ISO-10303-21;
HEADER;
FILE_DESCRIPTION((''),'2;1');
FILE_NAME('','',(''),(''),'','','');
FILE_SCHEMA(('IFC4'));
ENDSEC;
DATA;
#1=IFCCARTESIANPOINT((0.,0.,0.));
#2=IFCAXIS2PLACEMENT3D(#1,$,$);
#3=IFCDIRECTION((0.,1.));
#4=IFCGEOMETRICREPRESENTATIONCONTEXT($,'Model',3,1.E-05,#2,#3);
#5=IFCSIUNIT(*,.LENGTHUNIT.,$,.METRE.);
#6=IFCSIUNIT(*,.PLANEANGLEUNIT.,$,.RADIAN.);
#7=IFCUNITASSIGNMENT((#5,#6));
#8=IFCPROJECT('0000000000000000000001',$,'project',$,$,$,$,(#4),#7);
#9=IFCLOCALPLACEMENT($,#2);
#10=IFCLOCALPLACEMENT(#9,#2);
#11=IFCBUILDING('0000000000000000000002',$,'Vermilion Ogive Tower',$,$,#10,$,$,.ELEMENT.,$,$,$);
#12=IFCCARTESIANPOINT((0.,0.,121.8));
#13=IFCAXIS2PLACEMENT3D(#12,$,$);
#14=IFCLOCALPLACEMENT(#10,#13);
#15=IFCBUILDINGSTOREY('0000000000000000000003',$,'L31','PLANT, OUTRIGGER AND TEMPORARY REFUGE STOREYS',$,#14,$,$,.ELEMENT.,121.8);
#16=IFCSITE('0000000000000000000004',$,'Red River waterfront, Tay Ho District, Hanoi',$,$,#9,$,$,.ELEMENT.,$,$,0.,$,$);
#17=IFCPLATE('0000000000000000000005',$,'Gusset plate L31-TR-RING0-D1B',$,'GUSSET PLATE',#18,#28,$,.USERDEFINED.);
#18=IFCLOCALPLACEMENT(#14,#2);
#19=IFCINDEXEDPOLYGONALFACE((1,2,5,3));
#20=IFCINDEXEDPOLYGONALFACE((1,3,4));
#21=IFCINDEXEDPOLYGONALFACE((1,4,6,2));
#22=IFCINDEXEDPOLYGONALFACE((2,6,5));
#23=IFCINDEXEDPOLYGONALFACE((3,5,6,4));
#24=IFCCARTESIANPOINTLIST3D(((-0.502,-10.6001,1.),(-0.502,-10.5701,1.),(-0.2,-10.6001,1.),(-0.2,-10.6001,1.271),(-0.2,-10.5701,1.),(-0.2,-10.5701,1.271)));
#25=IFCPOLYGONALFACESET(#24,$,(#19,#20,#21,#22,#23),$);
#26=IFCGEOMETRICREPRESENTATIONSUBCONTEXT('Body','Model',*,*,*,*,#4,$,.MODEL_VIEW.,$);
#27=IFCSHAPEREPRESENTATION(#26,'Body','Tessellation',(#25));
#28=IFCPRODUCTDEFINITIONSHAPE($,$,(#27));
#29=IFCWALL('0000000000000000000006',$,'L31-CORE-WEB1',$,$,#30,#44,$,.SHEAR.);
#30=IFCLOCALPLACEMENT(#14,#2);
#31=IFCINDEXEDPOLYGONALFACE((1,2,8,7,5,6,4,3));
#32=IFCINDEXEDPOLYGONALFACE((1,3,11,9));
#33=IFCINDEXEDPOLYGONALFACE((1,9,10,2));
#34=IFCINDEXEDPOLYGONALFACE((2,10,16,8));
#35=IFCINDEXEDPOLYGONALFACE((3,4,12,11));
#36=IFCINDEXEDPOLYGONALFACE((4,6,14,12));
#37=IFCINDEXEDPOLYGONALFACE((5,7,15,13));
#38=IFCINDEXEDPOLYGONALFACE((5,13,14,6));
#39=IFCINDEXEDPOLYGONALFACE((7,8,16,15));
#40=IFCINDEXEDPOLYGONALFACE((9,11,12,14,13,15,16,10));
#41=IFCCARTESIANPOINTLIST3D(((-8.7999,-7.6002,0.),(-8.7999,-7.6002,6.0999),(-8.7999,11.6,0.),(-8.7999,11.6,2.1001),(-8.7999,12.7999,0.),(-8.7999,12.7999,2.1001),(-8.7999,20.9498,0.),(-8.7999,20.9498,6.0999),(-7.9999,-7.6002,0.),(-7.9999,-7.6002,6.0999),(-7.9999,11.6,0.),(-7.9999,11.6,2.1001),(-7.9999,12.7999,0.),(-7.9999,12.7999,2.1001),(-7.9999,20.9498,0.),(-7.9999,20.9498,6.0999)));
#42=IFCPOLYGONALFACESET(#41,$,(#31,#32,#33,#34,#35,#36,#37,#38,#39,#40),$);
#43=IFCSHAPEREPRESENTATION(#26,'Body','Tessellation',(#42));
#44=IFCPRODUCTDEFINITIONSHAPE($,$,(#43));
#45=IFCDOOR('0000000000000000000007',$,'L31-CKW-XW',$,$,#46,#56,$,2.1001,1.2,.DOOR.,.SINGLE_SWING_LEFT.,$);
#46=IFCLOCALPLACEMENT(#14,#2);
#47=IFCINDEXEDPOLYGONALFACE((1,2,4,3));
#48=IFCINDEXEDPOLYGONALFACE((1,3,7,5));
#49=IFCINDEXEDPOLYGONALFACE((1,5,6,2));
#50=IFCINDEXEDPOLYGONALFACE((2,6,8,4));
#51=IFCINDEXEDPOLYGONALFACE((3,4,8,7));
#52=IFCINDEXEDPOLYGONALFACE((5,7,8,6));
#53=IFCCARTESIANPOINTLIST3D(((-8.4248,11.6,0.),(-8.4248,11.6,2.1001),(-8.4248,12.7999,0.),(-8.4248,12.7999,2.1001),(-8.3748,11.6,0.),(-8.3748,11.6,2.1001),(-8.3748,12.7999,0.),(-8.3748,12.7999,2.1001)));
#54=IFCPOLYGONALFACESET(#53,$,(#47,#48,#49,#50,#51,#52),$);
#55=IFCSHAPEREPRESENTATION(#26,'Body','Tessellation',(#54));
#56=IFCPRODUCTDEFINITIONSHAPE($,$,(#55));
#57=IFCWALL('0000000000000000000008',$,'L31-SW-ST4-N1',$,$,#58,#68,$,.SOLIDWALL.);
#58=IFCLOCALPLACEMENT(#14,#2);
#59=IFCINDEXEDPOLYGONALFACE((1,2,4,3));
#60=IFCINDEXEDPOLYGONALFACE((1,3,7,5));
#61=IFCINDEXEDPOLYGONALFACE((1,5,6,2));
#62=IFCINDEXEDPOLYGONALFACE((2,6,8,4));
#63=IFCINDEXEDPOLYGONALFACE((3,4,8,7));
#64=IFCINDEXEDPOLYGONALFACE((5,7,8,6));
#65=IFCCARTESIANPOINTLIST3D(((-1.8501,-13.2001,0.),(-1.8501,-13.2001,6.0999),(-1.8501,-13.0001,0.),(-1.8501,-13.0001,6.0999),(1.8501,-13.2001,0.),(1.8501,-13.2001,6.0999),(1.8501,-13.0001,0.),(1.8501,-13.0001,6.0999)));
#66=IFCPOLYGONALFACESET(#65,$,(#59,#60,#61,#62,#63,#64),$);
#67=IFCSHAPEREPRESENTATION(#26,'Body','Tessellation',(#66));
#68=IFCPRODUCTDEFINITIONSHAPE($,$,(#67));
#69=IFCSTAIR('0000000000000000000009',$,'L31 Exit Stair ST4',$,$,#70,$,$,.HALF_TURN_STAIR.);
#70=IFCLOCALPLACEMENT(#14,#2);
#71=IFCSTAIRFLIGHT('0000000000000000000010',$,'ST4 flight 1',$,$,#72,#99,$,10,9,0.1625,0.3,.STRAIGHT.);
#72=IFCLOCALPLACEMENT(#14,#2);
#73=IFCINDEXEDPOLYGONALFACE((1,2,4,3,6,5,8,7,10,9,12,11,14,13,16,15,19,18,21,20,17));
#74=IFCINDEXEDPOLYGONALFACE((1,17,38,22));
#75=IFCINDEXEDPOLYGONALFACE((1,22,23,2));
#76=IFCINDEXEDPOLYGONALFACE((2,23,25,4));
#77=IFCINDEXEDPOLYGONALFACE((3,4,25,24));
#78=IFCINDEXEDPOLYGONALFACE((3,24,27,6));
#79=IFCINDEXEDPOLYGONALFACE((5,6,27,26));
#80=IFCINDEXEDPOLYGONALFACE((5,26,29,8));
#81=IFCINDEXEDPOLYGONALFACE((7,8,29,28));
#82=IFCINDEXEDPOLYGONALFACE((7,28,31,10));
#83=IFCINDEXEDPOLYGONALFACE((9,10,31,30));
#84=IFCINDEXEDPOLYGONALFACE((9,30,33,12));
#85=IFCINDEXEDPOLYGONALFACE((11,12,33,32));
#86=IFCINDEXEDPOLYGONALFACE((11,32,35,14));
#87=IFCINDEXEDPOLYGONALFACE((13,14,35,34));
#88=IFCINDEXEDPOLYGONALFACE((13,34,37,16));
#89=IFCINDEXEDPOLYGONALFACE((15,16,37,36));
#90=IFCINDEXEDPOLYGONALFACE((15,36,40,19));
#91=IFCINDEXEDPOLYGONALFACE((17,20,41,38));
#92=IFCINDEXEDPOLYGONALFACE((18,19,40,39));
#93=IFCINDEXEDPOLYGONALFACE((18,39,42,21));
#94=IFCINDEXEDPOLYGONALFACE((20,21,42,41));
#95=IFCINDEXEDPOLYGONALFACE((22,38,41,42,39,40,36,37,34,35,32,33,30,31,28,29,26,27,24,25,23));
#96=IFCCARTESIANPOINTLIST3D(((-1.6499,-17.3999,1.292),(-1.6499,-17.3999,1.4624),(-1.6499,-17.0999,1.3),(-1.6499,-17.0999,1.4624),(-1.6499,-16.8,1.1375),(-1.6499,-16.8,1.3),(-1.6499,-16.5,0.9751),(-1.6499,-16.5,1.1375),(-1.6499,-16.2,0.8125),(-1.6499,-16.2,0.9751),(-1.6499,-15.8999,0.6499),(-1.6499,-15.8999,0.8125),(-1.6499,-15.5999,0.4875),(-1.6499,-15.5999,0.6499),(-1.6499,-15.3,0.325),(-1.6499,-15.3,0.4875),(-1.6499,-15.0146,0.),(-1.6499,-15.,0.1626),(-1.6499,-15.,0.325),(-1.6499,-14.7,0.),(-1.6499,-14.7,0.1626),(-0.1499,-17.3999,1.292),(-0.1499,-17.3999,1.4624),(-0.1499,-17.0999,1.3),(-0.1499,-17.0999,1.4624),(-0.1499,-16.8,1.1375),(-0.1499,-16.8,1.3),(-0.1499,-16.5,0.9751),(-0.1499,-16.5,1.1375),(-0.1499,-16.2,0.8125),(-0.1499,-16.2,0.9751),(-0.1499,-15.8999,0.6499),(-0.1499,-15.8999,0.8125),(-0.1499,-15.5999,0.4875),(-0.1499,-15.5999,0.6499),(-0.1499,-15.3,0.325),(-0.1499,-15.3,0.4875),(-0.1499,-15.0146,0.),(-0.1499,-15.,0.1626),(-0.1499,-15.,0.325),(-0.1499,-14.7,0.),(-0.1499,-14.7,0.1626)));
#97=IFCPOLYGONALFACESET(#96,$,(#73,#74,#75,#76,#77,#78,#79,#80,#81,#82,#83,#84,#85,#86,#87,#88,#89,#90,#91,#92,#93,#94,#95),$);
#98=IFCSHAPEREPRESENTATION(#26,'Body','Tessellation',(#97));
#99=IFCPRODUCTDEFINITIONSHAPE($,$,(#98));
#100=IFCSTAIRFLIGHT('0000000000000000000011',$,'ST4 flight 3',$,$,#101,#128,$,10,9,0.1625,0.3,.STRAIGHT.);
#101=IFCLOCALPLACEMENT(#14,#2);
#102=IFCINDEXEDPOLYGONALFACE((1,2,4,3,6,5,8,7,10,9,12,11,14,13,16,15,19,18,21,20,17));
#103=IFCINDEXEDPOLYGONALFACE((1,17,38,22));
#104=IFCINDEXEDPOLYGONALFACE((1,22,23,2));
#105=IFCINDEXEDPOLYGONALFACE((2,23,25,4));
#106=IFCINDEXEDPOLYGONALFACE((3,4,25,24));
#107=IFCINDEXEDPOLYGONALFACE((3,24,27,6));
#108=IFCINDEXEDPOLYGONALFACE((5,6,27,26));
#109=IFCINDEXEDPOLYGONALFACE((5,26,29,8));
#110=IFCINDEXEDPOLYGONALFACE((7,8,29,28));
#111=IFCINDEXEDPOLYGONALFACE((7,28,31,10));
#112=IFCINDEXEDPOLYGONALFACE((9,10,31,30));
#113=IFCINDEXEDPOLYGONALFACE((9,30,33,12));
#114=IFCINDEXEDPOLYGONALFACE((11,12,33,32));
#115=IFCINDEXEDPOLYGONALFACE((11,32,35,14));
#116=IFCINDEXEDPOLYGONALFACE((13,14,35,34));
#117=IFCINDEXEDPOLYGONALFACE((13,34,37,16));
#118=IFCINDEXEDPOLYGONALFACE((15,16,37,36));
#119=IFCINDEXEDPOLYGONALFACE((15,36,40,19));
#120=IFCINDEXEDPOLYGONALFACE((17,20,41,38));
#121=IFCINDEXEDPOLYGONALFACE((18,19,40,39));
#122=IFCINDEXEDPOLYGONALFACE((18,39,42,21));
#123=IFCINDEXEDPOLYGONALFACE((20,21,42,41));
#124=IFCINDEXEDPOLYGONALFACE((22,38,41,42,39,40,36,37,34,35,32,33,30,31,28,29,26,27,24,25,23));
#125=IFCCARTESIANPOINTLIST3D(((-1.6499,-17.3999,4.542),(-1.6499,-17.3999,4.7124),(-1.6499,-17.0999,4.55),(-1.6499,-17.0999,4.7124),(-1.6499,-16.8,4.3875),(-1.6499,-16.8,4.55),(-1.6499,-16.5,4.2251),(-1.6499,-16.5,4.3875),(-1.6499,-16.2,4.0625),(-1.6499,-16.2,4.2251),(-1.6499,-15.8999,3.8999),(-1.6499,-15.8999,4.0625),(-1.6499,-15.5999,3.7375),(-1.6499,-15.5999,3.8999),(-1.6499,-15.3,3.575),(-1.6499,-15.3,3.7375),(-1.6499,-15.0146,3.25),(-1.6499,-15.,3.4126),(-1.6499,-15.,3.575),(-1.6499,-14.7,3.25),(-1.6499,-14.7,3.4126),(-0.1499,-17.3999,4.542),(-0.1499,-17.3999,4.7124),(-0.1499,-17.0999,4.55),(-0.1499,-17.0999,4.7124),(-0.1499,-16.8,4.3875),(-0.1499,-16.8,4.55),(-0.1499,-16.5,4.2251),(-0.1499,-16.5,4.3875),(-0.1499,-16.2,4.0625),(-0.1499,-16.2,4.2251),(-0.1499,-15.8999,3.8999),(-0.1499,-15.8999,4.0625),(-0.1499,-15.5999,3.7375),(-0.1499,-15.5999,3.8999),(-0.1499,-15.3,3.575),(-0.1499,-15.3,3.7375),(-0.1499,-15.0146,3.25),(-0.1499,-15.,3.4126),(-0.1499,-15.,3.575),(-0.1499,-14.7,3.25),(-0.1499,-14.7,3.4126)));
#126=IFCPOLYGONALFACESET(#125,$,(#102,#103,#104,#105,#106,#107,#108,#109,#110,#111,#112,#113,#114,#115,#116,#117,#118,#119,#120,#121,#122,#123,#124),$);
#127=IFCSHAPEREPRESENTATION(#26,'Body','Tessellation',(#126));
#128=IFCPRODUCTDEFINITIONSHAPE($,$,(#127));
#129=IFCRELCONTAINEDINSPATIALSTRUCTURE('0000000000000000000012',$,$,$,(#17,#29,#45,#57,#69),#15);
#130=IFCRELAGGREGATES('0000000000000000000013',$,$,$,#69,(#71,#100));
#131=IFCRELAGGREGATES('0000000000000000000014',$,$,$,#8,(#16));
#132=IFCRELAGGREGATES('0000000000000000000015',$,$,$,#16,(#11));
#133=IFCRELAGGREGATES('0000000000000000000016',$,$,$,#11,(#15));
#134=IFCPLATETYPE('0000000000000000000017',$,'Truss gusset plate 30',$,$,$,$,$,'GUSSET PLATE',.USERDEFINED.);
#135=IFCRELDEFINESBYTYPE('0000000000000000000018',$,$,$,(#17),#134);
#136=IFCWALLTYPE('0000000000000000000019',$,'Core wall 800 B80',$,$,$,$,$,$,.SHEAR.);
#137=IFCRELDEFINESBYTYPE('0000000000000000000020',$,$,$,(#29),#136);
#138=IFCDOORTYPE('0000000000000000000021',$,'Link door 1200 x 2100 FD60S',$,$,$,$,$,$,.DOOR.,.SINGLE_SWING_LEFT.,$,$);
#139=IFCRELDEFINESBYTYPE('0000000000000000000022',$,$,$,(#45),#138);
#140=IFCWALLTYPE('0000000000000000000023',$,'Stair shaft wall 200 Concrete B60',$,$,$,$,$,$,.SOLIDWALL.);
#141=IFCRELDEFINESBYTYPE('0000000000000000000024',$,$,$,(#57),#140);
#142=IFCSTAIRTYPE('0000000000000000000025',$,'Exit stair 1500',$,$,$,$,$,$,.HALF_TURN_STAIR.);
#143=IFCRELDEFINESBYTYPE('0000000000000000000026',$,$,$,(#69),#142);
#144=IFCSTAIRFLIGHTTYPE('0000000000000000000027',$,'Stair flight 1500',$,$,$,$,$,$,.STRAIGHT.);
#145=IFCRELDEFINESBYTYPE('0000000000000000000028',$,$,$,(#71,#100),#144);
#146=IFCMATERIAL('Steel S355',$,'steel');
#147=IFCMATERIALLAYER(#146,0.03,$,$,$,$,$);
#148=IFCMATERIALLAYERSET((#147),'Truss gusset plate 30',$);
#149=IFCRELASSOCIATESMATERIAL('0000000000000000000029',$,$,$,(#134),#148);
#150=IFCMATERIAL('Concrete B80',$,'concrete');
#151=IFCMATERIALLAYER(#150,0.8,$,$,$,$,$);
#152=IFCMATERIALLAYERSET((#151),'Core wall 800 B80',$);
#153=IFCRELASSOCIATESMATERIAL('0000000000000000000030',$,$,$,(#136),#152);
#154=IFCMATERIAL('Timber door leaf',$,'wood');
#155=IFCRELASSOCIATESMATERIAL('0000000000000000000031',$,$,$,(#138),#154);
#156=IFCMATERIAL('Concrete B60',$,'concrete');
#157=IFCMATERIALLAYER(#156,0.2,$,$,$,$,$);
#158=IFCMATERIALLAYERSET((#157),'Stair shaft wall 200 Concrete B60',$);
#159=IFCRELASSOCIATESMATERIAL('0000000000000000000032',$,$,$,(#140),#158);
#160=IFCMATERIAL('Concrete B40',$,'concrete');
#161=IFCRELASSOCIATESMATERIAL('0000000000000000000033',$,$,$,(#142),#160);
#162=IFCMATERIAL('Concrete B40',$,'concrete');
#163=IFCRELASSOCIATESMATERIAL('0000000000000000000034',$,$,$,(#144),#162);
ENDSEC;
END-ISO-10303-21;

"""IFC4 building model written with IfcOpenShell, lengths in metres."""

from ifc_helpers import new_model, si_unit, direction, frame, frame_2d, origin, place, context, subcontext, project, spatial, polyline, rectangle, outline, extrude, material, layer, layer_set, type_object, element, fill, aggregate, save


model = new_model("IFC4")

# Units and contexts
model_context = context("Model", 3, precision=1e-05, world=origin(), true_north=direction((0.0, 1.0)))
body_context = subcontext(model_context, "Body", "Model", "MODEL_VIEW")
ifc_project = project(units=[si_unit("LENGTHUNIT", "METRE"), si_unit("PLANEANGLEUNIT", "RADIAN")], contexts=[model_context])

# Site, building, storey
site_placement = place(None, origin())
site = spatial("IfcSite", under=ifc_project, at=site_placement, Name="Red River waterfront, Tay Ho District, Hanoi", CompositionType="ELEMENT", RefElevation=0.0)
building_placement = place(site_placement, origin())
building = spatial("IfcBuilding", under=site, at=building_placement, Name="Vermilion Ogive Tower", CompositionType="ELEMENT")
storey_placement = place(building_placement, frame((0.0, 0.0, 121.8)))
storey = spatial("IfcBuildingStorey", under=building, at=storey_placement, Name="L31", Description="PLANT, OUTRIGGER AND TEMPORARY REFUGE STOREYS", CompositionType="ELEMENT", Elevation=121.8)

# Plate
ifc_material_1 = material(Name="Steel S355", Category="steel")
ifc_layer_1 = layer(ifc_material_1, 0.03)
ifc_layer_set_1 = layer_set([ifc_layer_1], Name="Truss gusset plate 30")
plate_type_1 = type_object("IfcPlateType", Name="Truss gusset plate 30", ElementType="GUSSET PLATE", PredefinedType="USERDEFINED", material=ifc_layer_set_1)
for number, where, z_axis, x_axis, name in (
    (1, (-0.2, -10.6001, 1.271), (0.0, -1.0, 0.0), (-0.744281, 0.0, -0.667867), "Gusset plate L31-TR-RING0-D1B"),
):
    element("IfcPlate", number, at=place(storey_placement, frame(where, z_axis=z_axis, x_axis=x_axis)), inside=storey, type_object=plate_type_1, Name=name, ObjectType="GUSSET PLATE", PredefinedType="USERDEFINED", context=body_context, shape_type="SweptSolid", body=[
        extrude(outline(polyline([(0.0, 0.0), (0.4058, 0.0), (0.181, 0.2017), (0.0, 0.0)])), origin(), (0.0, 0.0, -1.0), 0.03),
    ])

# Wall, opening, door
ifc_material_2 = material(Name="Concrete B80", Category="concrete")
ifc_layer_2 = layer(ifc_material_2, 0.8)
ifc_layer_set_2 = layer_set([ifc_layer_2], Name="Core wall 800 B80")
wall_type_1 = type_object("IfcWallType", Name="Core wall 800 B80", PredefinedType="SHEAR", material=ifc_layer_set_2)
wall_1_placement = place(storey_placement, frame((-8.3999, -7.6001, 0.0), z_axis=(0.0, 0.0, 1.0), x_axis=(0.0, 1.0, 0.0)))
wall_1 = element("IfcWall", 2, at=wall_1_placement, inside=storey, type_object=wall_type_1, Name="L31-CORE-WEB1", PredefinedType="SHEAR", context=body_context, shape_type="SweptSolid", body=[
    extrude(rectangle(XDim=28.55, YDim=0.8, at=frame_2d((14.2749, 0.0))), origin(), (0.0, 0.0, 1.0), 6.0999),
])
opening_placement = place(wall_1_placement, frame((19.2, 0.0, 0.0)))
opening = element("IfcOpeningElement", 3, at=opening_placement, cuts=wall_1, PredefinedType="OPENING", context=body_context, shape_type="SweptSolid", body=[
    extrude(rectangle(XDim=1.2, YDim=2.1001, at=frame_2d((0.6001, 1.05))), frame((0.0, 0.4099, 0.0), z_axis=(0.0, -1.0, 0.0), x_axis=(1.0, 0.0, 0.0)), (0.0, 0.0, 1.0), 0.8201),
])
ifc_material_3 = material(Name="Timber door leaf", Category="wood")
door_type = type_object("IfcDoorType", Name="Link door 1200 x 2100 FD60S", OperationType="SINGLE_SWING_LEFT", PredefinedType="DOOR", material=ifc_material_3)
door_placement = place(opening_placement, origin())
door = element("IfcDoor", 4, at=door_placement, inside=storey, type_object=door_type, Name="L31-CKW-XW", OperationType="SINGLE_SWING_LEFT", OverallHeight=2.1001, OverallWidth=1.2, PredefinedType="DOOR", context=body_context, shape_type="SweptSolid", body=[
    extrude(rectangle(XDim=1.2, YDim=2.1001, at=frame_2d((0.6001, 1.05))), frame((0.0, 0.0249, 0.0), z_axis=(0.0, -1.0, 0.0), x_axis=(1.0, 0.0, 0.0)), (0.0, 0.0, 1.0), 0.05),
])
fill(opening, door)

# Wall
ifc_material_4 = material(Name="Concrete B60", Category="concrete")
ifc_layer_3 = layer(ifc_material_4, 0.2)
ifc_layer_set_3 = layer_set([ifc_layer_3], Name="Stair shaft wall 200 Concrete B60")
wall_type_2 = type_object("IfcWallType", Name="Stair shaft wall 200 Concrete B60", PredefinedType="SOLIDWALL", material=ifc_layer_set_3)
wall_2_placement = place(storey_placement, frame((-1.8501, -13.1001, 0.0), z_axis=(0.0, 0.0, 1.0), x_axis=(1.0, 0.0, 0.0)))
element("IfcWall", 5, at=wall_2_placement, inside=storey, type_object=wall_type_2, Name="L31-SW-ST4-N1", PredefinedType="SOLIDWALL", context=body_context, shape_type="SweptSolid", body=[
    extrude(rectangle(XDim=3.7002, YDim=0.2, at=frame_2d((1.8501, 0.0))), origin(), (0.0, 0.0, 1.0), 6.0999),
])

# Stair, stair flights
ifc_material_5 = material(Name="Concrete B40", Category="concrete")
stair_type = type_object("IfcStairType", Name="Exit stair 1500", PredefinedType="HALF_TURN_STAIR", material=ifc_material_5)
stair_placement = place(storey_placement, origin())
stair = element("IfcStair", 6, at=stair_placement, inside=storey, type_object=stair_type, Name="L31 Exit Stair ST4", PredefinedType="HALF_TURN_STAIR")
ifc_material_6 = material(Name="Concrete B40", Category="concrete")
stair_flight_type = type_object("IfcStairFlightType", Name="Stair flight 1500", PredefinedType="STRAIGHT", material=ifc_material_6)
stair_flight_1_placement = place(storey_placement, frame((-0.8999, -14.7, 0.0), z_axis=(0.0, 0.0, 1.0), x_axis=(0.0, -1.0, 0.0)))
stair_flight_1 = element("IfcStairFlight", 7, at=stair_flight_1_placement, type_object=stair_flight_type, Name="ST4 flight 1", NumberOfRisers=10, NumberOfTreads=9, PredefinedType="STRAIGHT", RiserHeight=0.1625, TreadLength=0.3, context=body_context, shape_type="SweptSolid", body=[
    extrude(outline(polyline([(0.0, 0.0), (0.0, 0.1626), (0.3, 0.1626), (0.3, 0.325), (0.6001, 0.325), (0.6001, 0.4875), (0.8999, 0.4875), (0.8999, 0.6499), (1.2, 0.6499), (1.2, 0.8125), (1.5, 0.8125), (1.5, 0.9751), (1.8, 0.9751), (1.8, 1.1375), (2.1001, 1.1375), (2.1001, 1.3), (2.3999, 1.3), (2.3999, 1.4624), (2.7, 1.4624), (2.7, 1.625), (2.7, 1.292), (0.3147, 0.0), (0.0, 0.0)])), frame((0.0, 0.75, 0.0), z_axis=(0.0, -1.0, 0.0), x_axis=(1.0, 0.0, 0.0)), (0.0, 0.0, 1.0), 1.5),
])
stair_flight_2_placement = place(storey_placement, frame((-0.8999, -14.7, 3.25), z_axis=(0.0, 0.0, 1.0), x_axis=(0.0, -1.0, 0.0)))
stair_flight_2 = element("IfcStairFlight", 8, at=stair_flight_2_placement, type_object=stair_flight_type, Name="ST4 flight 3", NumberOfRisers=10, NumberOfTreads=9, PredefinedType="STRAIGHT", RiserHeight=0.1625, TreadLength=0.3, context=body_context, shape_type="SweptSolid", body=[
    extrude(outline(polyline([(0.0, 0.0), (0.0, 0.1626), (0.3, 0.1626), (0.3, 0.325), (0.6001, 0.325), (0.6001, 0.4875), (0.8999, 0.4875), (0.8999, 0.6499), (1.2, 0.6499), (1.2, 0.8125), (1.5, 0.8125), (1.5, 0.9751), (1.8, 0.9751), (1.8, 1.1375), (2.1001, 1.1375), (2.1001, 1.3), (2.3999, 1.3), (2.3999, 1.4624), (2.7, 1.4624), (2.7, 1.625), (2.7, 1.292), (0.3147, 0.0), (0.0, 0.0)])), frame((0.0, 0.75, 0.0), z_axis=(0.0, -1.0, 0.0), x_axis=(1.0, 0.0, 0.0)), (0.0, 0.0, 1.0), 1.5),
])
aggregate(stair, [stair_flight_1, stair_flight_2])

save(model, "model.ifc")
